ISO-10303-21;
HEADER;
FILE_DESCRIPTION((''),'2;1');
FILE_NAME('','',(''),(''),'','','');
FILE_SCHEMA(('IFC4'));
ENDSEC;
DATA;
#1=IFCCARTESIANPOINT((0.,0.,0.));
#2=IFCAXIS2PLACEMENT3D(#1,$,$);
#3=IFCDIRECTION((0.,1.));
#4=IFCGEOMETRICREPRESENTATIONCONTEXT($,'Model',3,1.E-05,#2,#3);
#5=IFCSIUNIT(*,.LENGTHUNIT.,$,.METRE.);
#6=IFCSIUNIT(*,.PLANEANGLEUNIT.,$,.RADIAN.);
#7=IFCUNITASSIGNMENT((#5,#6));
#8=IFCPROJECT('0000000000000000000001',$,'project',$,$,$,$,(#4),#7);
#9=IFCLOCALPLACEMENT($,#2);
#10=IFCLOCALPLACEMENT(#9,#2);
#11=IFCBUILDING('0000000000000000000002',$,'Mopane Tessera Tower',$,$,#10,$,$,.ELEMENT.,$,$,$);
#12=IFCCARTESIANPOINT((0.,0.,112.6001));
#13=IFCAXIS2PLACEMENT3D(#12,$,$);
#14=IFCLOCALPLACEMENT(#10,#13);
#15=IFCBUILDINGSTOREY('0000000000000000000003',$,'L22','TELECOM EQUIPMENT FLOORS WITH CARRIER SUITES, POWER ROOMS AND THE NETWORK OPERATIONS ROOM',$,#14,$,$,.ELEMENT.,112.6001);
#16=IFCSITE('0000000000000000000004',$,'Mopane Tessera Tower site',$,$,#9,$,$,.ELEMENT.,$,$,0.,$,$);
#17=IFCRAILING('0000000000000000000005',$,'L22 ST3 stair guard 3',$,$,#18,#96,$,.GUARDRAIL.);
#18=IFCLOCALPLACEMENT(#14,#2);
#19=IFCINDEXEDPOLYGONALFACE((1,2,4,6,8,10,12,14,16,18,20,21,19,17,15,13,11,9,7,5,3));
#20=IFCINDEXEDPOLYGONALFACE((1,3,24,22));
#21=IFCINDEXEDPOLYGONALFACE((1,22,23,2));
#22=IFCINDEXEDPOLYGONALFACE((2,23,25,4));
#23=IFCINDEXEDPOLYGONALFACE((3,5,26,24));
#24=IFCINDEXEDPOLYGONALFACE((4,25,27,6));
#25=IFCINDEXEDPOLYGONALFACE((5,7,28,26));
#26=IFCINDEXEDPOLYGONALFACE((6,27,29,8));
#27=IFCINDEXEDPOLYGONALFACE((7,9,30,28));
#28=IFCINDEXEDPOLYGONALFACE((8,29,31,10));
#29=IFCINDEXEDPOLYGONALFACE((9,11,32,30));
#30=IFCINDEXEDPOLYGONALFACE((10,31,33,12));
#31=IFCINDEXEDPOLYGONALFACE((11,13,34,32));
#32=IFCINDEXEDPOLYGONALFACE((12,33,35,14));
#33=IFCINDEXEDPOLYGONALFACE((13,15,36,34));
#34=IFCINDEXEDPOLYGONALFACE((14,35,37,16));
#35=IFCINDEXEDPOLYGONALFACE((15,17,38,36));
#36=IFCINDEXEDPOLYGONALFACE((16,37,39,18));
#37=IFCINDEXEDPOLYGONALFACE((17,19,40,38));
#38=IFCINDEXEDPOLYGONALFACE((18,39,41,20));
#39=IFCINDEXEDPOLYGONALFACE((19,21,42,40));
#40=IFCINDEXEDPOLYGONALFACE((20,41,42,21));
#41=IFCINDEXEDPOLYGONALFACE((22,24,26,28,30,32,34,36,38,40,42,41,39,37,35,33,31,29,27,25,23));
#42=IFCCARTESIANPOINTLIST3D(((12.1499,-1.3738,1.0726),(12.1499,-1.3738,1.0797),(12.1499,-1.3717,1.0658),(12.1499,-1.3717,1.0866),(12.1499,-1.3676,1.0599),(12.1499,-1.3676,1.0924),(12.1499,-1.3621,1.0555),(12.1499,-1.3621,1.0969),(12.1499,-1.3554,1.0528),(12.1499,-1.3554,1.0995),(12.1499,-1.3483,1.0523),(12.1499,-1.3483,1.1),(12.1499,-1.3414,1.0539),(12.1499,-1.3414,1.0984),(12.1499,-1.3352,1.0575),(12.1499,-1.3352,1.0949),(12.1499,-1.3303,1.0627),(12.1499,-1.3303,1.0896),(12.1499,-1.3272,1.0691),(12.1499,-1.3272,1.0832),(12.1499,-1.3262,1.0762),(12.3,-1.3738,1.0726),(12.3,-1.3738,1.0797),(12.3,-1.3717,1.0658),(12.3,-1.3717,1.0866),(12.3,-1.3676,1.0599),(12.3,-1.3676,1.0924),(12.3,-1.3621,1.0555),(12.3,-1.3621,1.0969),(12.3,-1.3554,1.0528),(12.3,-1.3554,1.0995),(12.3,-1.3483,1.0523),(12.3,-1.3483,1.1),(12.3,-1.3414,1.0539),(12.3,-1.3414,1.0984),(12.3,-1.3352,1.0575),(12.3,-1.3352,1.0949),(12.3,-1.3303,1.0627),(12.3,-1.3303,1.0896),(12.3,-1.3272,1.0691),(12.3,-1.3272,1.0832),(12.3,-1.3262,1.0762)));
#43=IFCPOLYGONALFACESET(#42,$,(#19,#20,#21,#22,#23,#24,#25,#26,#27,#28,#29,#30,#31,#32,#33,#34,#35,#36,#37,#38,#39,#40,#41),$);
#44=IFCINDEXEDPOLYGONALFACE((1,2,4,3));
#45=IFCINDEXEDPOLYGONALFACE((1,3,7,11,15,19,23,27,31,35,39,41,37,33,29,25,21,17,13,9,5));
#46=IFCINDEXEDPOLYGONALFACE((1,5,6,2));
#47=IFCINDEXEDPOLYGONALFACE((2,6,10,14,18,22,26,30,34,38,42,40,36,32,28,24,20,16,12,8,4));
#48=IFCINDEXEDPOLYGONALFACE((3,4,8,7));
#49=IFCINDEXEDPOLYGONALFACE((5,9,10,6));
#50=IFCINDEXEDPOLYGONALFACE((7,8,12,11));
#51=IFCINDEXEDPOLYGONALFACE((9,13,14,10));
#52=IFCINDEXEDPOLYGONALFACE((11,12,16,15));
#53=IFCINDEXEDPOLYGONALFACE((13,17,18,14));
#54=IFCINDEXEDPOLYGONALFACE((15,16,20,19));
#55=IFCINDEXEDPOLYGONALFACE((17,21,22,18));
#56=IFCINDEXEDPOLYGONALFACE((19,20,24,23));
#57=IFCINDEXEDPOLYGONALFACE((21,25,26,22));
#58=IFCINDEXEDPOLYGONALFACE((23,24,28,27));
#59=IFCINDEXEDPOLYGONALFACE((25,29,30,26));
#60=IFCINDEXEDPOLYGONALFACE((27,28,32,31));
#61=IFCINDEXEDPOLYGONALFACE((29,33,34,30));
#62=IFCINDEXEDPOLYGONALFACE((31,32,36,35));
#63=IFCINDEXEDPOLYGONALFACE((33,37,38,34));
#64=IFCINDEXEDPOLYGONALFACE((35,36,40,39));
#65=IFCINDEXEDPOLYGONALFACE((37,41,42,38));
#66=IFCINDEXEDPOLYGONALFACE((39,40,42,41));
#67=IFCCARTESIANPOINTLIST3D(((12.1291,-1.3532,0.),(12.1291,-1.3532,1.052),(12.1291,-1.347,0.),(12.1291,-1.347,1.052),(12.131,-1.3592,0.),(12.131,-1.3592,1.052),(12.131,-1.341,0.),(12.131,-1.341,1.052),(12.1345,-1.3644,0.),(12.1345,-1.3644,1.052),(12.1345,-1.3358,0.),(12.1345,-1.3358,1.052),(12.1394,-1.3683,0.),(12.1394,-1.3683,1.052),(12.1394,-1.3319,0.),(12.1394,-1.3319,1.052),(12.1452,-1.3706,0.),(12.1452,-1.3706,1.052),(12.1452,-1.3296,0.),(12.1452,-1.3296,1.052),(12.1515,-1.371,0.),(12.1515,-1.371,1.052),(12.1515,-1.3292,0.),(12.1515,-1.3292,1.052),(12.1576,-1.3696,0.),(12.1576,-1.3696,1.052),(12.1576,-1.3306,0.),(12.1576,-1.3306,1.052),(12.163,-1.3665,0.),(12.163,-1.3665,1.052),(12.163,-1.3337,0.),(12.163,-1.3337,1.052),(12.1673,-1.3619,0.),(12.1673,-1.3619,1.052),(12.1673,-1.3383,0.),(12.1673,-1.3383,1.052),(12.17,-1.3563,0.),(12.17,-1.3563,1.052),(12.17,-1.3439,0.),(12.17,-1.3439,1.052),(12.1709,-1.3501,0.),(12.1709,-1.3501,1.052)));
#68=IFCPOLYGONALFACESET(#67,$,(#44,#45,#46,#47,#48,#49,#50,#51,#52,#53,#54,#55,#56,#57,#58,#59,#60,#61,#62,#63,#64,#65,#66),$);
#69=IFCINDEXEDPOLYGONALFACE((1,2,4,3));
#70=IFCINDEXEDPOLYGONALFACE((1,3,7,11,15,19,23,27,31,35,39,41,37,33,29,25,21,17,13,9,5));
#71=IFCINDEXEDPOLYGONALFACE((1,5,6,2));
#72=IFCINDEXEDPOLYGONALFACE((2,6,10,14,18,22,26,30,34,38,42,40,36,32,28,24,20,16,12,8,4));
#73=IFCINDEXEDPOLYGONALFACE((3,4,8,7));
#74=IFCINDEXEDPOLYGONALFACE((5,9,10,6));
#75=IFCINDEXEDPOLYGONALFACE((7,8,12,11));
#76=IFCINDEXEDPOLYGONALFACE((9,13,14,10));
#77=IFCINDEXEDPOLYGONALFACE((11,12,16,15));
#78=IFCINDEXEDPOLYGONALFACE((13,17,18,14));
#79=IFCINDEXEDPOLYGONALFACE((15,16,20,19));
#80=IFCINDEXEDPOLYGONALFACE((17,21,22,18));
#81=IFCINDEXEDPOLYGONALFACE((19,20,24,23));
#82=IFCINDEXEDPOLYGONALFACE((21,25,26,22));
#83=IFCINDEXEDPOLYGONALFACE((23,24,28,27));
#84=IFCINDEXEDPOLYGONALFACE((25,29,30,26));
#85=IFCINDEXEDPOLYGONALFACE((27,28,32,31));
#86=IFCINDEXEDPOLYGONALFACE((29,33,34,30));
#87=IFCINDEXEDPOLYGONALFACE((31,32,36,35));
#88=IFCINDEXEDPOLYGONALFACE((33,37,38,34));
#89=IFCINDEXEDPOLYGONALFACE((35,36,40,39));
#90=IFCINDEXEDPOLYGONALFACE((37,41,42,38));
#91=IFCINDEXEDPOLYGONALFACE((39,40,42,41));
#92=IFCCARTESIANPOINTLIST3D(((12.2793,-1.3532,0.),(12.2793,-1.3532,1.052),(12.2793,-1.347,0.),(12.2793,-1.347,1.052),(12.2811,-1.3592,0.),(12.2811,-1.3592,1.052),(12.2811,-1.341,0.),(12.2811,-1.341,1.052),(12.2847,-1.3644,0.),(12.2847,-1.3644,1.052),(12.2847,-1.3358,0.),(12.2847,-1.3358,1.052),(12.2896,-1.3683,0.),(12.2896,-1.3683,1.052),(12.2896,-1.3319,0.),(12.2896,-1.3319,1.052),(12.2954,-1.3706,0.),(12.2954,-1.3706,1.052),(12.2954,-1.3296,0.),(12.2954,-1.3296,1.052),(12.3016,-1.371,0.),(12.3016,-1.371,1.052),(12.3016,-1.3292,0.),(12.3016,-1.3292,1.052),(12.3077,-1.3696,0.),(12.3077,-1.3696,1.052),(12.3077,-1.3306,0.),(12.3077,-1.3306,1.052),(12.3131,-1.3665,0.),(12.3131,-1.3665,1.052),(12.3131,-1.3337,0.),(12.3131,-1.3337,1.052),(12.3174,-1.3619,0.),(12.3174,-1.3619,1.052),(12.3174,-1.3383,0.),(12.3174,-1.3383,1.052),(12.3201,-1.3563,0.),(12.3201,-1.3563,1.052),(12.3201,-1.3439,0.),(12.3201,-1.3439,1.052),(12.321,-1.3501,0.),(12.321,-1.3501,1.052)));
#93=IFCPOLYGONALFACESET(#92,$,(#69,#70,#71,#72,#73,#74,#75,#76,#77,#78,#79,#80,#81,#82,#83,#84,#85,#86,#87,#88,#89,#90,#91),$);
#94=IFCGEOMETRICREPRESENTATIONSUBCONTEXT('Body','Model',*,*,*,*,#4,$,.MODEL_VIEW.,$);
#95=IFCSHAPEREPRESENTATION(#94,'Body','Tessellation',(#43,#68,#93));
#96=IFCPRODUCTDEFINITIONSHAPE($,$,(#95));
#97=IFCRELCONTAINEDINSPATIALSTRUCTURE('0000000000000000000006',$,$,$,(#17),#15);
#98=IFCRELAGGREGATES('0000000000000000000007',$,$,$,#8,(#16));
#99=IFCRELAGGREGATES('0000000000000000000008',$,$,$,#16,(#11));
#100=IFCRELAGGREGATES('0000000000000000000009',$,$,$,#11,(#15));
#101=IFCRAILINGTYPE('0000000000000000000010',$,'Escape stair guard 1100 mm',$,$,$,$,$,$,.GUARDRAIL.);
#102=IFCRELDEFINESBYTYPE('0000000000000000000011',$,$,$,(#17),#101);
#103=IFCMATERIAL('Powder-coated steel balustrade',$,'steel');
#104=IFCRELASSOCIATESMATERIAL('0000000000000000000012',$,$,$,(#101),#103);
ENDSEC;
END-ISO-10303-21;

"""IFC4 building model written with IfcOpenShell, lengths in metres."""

from ifc_helpers import new_model, si_unit, direction, frame, origin, origin_2d, place, context, subcontext, project, spatial, circle, extrude, material, type_object, element, save


model = new_model("IFC4")

# Units and contexts
model_context = context("Model", 3, precision=1e-05, world=origin(), true_north=direction((0.0, 1.0)))
body_context = subcontext(model_context, "Body", "Model", "MODEL_VIEW")
ifc_project = project(units=[si_unit("LENGTHUNIT", "METRE"), si_unit("PLANEANGLEUNIT", "RADIAN")], contexts=[model_context])

# Site, building, storey
site_placement = place(None, origin())
site = spatial("IfcSite", under=ifc_project, at=site_placement, Name="Mopane Tessera Tower site", CompositionType="ELEMENT", RefElevation=0.0)
building_placement = place(site_placement, origin())
building = spatial("IfcBuilding", under=site, at=building_placement, Name="Mopane Tessera Tower", CompositionType="ELEMENT")
storey_placement = place(building_placement, frame((0.0, 0.0, 112.6001)))
storey = spatial("IfcBuildingStorey", under=building, at=storey_placement, Name="L22", Description="TELECOM EQUIPMENT FLOORS WITH CARRIER SUITES, POWER ROOMS AND THE NETWORK OPERATIONS ROOM", CompositionType="ELEMENT", Elevation=112.6001)

# Railing
ifc_material_1 = material(Name="Powder-coated steel balustrade", Category="steel")
railing_type_1 = type_object("IfcRailingType", Name="Escape stair guard 1100 mm", PredefinedType="GUARDRAIL", material=ifc_material_1)
railing_1_placement = place(storey_placement, frame((12.1499, -1.3501, 0.0)))
element("IfcRailing", 1, at=railing_1_placement, inside=storey, type_object=railing_type_1, Name="L22 ST3 stair guard 3", PredefinedType="GUARDRAIL", context=body_context, shape_type="SweptSolid", body=[
    extrude(circle(Radius=0.0239, at=origin_2d()), frame((0.0, 0.0, 1.0762), z_axis=(1.0, 0.0, 0.0), x_axis=(0.0, 1.0, 0.0)), (0.0, 0.0, 1.0), 0.1501),
    extrude(circle(Radius=0.021, at=origin_2d()), origin(), (0.0, 0.0, 1.0), 1.052),
    extrude(circle(Radius=0.021, at=origin_2d()), frame((0.1501, 0.0, 0.0)), (0.0, 0.0, 1.0), 1.052),
])

save(model, "model.ifc")
